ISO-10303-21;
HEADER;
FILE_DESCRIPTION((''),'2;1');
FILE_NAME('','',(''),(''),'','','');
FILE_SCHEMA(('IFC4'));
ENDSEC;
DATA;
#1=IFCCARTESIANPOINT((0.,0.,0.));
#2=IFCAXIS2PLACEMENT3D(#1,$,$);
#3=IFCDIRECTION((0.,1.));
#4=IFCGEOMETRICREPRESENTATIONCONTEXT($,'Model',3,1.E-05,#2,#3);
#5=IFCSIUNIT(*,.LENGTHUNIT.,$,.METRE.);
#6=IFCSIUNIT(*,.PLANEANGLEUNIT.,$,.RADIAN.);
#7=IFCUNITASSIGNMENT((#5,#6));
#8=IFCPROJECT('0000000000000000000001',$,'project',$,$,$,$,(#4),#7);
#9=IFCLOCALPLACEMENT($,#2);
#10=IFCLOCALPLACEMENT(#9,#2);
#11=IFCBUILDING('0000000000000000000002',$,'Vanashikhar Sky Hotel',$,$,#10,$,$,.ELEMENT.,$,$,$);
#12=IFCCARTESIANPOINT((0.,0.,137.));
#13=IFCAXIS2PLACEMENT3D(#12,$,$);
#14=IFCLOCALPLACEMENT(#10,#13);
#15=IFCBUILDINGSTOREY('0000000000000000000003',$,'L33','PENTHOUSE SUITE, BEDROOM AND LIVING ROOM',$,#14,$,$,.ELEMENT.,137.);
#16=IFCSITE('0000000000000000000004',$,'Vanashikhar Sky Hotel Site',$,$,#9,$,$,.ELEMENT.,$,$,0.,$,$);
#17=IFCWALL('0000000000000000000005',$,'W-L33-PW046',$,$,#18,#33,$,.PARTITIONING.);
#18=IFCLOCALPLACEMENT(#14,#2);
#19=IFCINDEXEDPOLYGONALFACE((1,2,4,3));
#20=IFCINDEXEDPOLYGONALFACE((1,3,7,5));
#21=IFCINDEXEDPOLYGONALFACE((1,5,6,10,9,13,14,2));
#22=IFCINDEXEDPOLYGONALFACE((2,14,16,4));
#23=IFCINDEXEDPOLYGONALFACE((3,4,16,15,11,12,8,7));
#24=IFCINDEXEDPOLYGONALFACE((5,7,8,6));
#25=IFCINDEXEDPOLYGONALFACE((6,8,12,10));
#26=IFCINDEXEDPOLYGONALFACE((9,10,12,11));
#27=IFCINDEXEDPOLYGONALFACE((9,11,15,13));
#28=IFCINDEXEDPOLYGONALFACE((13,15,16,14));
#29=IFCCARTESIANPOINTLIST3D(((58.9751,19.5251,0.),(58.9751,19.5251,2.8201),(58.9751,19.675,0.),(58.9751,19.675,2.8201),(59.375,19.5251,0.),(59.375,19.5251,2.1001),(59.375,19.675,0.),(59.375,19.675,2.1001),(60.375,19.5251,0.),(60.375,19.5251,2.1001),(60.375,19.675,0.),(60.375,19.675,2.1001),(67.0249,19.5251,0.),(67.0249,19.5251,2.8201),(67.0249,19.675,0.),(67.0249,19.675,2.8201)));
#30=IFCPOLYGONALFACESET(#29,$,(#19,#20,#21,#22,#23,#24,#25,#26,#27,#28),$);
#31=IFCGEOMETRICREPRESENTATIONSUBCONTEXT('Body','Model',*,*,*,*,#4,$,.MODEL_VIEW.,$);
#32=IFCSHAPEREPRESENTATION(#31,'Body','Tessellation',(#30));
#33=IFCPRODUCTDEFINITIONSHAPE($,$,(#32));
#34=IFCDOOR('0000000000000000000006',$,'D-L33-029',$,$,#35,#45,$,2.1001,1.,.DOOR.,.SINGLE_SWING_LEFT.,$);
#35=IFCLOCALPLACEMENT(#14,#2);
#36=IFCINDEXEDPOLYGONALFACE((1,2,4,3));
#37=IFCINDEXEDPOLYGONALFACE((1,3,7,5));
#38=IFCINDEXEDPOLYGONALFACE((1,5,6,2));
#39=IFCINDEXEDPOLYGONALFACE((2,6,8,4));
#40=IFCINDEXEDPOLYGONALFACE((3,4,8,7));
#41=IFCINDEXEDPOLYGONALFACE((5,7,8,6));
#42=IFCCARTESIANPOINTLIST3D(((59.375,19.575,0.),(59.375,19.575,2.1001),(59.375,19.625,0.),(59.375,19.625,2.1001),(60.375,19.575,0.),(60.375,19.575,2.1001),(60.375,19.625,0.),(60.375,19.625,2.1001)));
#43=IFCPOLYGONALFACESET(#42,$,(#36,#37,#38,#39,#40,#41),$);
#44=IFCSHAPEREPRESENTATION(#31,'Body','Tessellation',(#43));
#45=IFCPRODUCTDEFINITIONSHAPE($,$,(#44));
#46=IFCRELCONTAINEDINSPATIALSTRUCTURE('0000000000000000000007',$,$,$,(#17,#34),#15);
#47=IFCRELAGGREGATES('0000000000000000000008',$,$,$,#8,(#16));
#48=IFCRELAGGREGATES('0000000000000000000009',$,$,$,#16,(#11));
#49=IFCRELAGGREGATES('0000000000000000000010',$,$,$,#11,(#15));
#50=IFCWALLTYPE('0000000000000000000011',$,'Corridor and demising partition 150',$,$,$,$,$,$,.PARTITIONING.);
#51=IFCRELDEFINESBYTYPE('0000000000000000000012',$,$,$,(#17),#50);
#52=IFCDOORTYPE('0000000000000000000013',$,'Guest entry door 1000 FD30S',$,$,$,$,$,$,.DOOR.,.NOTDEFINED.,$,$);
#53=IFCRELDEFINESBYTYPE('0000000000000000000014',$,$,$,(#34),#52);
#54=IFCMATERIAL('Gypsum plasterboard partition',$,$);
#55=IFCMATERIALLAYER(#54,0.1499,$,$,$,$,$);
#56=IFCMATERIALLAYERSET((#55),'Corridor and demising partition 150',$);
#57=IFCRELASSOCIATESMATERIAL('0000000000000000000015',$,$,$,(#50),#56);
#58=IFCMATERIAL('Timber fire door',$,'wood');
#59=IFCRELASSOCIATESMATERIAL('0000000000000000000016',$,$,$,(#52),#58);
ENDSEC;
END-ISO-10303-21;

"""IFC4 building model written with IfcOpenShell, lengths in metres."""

from ifc_helpers import new_model, si_unit, direction, frame, frame_2d, origin, place, context, subcontext, project, spatial, rectangle, extrude, source, transform, mapped, material, layer, layer_set, type_object, element, fill, save


model = new_model("IFC4")

# Units and contexts
model_context = context("Model", 3, precision=1e-05, world=origin(), true_north=direction((0.0, 1.0)))
body_context = subcontext(model_context, "Body", "Model", "MODEL_VIEW")
ifc_project = project(units=[si_unit("LENGTHUNIT", "METRE"), si_unit("PLANEANGLEUNIT", "RADIAN")], contexts=[model_context])

# Site, building, storey
site_placement = place(None, origin())
site = spatial("IfcSite", under=ifc_project, at=site_placement, Name="Vanashikhar Sky Hotel Site", CompositionType="ELEMENT", RefElevation=0.0)
building_placement = place(site_placement, origin())
building = spatial("IfcBuilding", under=site, at=building_placement, Name="Vanashikhar Sky Hotel", CompositionType="ELEMENT")
storey_placement = place(building_placement, frame((0.0, 0.0, 137.0)))
storey = spatial("IfcBuildingStorey", under=building, at=storey_placement, Name="L33", Description="PENTHOUSE SUITE, BEDROOM AND LIVING ROOM", CompositionType="ELEMENT", Elevation=137.0)

# Shared definitions
ifc_material_1 = material(Name="Gypsum plasterboard partition")

# Wall, opening, door
ifc_layer_1 = layer(ifc_material_1, 0.1499)
ifc_layer_set_1 = layer_set([ifc_layer_1], Name="Corridor and demising partition 150")
wall_type_1 = type_object("IfcWallType", Name="Corridor and demising partition 150", PredefinedType="PARTITIONING", material=ifc_layer_set_1)
shared_shape_1 = source(origin(), body_context, "Body", "SweptSolid", [
    extrude(rectangle(XDim=1.0, YDim=2.1001, at=frame_2d((0.5, 1.05))), frame((0.0, 0.085, 0.0), z_axis=(0.0, -1.0, 0.0), x_axis=(1.0, 0.0, 0.0)), (0.0, 0.0, 1.0), 0.1699),
])
ifc_material_2 = material(Name="Timber fire door", Category="wood")
door_type_1 = type_object("IfcDoorType", Name="Guest entry door 1000 FD30S", OperationType="NOTDEFINED", PredefinedType="DOOR", material=ifc_material_2)
shared_shape_2 = source(origin(), body_context, "Body", "SweptSolid", [
    extrude(rectangle(XDim=1.0, YDim=2.1001, at=frame_2d((0.5, 1.05))), frame((0.0, 0.0249, 0.0), z_axis=(0.0, -1.0, 0.0), x_axis=(1.0, 0.0, 0.0)), (0.0, 0.0, 1.0), 0.05),
])
shared_shape_3 = source(origin(), body_context, "Body", "SweptSolid", [
    extrude(rectangle(XDim=8.0498, YDim=0.1499, at=frame_2d((4.0249, 0.0))), origin(), (0.0, 0.0, 1.0), 2.8201),
])
wall_1_placement = place(storey_placement, frame((58.9751, 19.6001, 0.0), z_axis=(0.0, 0.0, 1.0), x_axis=(1.0, 0.0, 0.0)))
wall_1 = element("IfcWall", 1, at=wall_1_placement, inside=storey, type_object=wall_type_1, Name="W-L33-PW046", PredefinedType="PARTITIONING", context=body_context, shape_type="MappedRepresentation", body=[
    mapped(shared_shape_3, transform((0.0, 0.0, 0.0), scale=1.0)),
])
opening_1_placement = place(wall_1_placement, frame((0.3999, 0.0, 0.0)))
opening_1 = element("IfcOpeningElement", 2, at=opening_1_placement, cuts=wall_1, PredefinedType="OPENING", context=body_context, shape_type="MappedRepresentation", body=[
    mapped(shared_shape_1, transform((0.0, 0.0, 0.0), scale=1.0)),
])
door_1_placement = place(opening_1_placement, origin())
door_1 = element("IfcDoor", 3, at=door_1_placement, inside=storey, type_object=door_type_1, Name="D-L33-029", OperationType="SINGLE_SWING_LEFT", OverallHeight=2.1001, OverallWidth=1.0, PredefinedType="DOOR", context=body_context, shape_type="MappedRepresentation", body=[
    mapped(shared_shape_2, transform((0.0, 0.0, 0.0), scale=1.0)),
])
fill(opening_1, door_1)

save(model, "model.ifc")
